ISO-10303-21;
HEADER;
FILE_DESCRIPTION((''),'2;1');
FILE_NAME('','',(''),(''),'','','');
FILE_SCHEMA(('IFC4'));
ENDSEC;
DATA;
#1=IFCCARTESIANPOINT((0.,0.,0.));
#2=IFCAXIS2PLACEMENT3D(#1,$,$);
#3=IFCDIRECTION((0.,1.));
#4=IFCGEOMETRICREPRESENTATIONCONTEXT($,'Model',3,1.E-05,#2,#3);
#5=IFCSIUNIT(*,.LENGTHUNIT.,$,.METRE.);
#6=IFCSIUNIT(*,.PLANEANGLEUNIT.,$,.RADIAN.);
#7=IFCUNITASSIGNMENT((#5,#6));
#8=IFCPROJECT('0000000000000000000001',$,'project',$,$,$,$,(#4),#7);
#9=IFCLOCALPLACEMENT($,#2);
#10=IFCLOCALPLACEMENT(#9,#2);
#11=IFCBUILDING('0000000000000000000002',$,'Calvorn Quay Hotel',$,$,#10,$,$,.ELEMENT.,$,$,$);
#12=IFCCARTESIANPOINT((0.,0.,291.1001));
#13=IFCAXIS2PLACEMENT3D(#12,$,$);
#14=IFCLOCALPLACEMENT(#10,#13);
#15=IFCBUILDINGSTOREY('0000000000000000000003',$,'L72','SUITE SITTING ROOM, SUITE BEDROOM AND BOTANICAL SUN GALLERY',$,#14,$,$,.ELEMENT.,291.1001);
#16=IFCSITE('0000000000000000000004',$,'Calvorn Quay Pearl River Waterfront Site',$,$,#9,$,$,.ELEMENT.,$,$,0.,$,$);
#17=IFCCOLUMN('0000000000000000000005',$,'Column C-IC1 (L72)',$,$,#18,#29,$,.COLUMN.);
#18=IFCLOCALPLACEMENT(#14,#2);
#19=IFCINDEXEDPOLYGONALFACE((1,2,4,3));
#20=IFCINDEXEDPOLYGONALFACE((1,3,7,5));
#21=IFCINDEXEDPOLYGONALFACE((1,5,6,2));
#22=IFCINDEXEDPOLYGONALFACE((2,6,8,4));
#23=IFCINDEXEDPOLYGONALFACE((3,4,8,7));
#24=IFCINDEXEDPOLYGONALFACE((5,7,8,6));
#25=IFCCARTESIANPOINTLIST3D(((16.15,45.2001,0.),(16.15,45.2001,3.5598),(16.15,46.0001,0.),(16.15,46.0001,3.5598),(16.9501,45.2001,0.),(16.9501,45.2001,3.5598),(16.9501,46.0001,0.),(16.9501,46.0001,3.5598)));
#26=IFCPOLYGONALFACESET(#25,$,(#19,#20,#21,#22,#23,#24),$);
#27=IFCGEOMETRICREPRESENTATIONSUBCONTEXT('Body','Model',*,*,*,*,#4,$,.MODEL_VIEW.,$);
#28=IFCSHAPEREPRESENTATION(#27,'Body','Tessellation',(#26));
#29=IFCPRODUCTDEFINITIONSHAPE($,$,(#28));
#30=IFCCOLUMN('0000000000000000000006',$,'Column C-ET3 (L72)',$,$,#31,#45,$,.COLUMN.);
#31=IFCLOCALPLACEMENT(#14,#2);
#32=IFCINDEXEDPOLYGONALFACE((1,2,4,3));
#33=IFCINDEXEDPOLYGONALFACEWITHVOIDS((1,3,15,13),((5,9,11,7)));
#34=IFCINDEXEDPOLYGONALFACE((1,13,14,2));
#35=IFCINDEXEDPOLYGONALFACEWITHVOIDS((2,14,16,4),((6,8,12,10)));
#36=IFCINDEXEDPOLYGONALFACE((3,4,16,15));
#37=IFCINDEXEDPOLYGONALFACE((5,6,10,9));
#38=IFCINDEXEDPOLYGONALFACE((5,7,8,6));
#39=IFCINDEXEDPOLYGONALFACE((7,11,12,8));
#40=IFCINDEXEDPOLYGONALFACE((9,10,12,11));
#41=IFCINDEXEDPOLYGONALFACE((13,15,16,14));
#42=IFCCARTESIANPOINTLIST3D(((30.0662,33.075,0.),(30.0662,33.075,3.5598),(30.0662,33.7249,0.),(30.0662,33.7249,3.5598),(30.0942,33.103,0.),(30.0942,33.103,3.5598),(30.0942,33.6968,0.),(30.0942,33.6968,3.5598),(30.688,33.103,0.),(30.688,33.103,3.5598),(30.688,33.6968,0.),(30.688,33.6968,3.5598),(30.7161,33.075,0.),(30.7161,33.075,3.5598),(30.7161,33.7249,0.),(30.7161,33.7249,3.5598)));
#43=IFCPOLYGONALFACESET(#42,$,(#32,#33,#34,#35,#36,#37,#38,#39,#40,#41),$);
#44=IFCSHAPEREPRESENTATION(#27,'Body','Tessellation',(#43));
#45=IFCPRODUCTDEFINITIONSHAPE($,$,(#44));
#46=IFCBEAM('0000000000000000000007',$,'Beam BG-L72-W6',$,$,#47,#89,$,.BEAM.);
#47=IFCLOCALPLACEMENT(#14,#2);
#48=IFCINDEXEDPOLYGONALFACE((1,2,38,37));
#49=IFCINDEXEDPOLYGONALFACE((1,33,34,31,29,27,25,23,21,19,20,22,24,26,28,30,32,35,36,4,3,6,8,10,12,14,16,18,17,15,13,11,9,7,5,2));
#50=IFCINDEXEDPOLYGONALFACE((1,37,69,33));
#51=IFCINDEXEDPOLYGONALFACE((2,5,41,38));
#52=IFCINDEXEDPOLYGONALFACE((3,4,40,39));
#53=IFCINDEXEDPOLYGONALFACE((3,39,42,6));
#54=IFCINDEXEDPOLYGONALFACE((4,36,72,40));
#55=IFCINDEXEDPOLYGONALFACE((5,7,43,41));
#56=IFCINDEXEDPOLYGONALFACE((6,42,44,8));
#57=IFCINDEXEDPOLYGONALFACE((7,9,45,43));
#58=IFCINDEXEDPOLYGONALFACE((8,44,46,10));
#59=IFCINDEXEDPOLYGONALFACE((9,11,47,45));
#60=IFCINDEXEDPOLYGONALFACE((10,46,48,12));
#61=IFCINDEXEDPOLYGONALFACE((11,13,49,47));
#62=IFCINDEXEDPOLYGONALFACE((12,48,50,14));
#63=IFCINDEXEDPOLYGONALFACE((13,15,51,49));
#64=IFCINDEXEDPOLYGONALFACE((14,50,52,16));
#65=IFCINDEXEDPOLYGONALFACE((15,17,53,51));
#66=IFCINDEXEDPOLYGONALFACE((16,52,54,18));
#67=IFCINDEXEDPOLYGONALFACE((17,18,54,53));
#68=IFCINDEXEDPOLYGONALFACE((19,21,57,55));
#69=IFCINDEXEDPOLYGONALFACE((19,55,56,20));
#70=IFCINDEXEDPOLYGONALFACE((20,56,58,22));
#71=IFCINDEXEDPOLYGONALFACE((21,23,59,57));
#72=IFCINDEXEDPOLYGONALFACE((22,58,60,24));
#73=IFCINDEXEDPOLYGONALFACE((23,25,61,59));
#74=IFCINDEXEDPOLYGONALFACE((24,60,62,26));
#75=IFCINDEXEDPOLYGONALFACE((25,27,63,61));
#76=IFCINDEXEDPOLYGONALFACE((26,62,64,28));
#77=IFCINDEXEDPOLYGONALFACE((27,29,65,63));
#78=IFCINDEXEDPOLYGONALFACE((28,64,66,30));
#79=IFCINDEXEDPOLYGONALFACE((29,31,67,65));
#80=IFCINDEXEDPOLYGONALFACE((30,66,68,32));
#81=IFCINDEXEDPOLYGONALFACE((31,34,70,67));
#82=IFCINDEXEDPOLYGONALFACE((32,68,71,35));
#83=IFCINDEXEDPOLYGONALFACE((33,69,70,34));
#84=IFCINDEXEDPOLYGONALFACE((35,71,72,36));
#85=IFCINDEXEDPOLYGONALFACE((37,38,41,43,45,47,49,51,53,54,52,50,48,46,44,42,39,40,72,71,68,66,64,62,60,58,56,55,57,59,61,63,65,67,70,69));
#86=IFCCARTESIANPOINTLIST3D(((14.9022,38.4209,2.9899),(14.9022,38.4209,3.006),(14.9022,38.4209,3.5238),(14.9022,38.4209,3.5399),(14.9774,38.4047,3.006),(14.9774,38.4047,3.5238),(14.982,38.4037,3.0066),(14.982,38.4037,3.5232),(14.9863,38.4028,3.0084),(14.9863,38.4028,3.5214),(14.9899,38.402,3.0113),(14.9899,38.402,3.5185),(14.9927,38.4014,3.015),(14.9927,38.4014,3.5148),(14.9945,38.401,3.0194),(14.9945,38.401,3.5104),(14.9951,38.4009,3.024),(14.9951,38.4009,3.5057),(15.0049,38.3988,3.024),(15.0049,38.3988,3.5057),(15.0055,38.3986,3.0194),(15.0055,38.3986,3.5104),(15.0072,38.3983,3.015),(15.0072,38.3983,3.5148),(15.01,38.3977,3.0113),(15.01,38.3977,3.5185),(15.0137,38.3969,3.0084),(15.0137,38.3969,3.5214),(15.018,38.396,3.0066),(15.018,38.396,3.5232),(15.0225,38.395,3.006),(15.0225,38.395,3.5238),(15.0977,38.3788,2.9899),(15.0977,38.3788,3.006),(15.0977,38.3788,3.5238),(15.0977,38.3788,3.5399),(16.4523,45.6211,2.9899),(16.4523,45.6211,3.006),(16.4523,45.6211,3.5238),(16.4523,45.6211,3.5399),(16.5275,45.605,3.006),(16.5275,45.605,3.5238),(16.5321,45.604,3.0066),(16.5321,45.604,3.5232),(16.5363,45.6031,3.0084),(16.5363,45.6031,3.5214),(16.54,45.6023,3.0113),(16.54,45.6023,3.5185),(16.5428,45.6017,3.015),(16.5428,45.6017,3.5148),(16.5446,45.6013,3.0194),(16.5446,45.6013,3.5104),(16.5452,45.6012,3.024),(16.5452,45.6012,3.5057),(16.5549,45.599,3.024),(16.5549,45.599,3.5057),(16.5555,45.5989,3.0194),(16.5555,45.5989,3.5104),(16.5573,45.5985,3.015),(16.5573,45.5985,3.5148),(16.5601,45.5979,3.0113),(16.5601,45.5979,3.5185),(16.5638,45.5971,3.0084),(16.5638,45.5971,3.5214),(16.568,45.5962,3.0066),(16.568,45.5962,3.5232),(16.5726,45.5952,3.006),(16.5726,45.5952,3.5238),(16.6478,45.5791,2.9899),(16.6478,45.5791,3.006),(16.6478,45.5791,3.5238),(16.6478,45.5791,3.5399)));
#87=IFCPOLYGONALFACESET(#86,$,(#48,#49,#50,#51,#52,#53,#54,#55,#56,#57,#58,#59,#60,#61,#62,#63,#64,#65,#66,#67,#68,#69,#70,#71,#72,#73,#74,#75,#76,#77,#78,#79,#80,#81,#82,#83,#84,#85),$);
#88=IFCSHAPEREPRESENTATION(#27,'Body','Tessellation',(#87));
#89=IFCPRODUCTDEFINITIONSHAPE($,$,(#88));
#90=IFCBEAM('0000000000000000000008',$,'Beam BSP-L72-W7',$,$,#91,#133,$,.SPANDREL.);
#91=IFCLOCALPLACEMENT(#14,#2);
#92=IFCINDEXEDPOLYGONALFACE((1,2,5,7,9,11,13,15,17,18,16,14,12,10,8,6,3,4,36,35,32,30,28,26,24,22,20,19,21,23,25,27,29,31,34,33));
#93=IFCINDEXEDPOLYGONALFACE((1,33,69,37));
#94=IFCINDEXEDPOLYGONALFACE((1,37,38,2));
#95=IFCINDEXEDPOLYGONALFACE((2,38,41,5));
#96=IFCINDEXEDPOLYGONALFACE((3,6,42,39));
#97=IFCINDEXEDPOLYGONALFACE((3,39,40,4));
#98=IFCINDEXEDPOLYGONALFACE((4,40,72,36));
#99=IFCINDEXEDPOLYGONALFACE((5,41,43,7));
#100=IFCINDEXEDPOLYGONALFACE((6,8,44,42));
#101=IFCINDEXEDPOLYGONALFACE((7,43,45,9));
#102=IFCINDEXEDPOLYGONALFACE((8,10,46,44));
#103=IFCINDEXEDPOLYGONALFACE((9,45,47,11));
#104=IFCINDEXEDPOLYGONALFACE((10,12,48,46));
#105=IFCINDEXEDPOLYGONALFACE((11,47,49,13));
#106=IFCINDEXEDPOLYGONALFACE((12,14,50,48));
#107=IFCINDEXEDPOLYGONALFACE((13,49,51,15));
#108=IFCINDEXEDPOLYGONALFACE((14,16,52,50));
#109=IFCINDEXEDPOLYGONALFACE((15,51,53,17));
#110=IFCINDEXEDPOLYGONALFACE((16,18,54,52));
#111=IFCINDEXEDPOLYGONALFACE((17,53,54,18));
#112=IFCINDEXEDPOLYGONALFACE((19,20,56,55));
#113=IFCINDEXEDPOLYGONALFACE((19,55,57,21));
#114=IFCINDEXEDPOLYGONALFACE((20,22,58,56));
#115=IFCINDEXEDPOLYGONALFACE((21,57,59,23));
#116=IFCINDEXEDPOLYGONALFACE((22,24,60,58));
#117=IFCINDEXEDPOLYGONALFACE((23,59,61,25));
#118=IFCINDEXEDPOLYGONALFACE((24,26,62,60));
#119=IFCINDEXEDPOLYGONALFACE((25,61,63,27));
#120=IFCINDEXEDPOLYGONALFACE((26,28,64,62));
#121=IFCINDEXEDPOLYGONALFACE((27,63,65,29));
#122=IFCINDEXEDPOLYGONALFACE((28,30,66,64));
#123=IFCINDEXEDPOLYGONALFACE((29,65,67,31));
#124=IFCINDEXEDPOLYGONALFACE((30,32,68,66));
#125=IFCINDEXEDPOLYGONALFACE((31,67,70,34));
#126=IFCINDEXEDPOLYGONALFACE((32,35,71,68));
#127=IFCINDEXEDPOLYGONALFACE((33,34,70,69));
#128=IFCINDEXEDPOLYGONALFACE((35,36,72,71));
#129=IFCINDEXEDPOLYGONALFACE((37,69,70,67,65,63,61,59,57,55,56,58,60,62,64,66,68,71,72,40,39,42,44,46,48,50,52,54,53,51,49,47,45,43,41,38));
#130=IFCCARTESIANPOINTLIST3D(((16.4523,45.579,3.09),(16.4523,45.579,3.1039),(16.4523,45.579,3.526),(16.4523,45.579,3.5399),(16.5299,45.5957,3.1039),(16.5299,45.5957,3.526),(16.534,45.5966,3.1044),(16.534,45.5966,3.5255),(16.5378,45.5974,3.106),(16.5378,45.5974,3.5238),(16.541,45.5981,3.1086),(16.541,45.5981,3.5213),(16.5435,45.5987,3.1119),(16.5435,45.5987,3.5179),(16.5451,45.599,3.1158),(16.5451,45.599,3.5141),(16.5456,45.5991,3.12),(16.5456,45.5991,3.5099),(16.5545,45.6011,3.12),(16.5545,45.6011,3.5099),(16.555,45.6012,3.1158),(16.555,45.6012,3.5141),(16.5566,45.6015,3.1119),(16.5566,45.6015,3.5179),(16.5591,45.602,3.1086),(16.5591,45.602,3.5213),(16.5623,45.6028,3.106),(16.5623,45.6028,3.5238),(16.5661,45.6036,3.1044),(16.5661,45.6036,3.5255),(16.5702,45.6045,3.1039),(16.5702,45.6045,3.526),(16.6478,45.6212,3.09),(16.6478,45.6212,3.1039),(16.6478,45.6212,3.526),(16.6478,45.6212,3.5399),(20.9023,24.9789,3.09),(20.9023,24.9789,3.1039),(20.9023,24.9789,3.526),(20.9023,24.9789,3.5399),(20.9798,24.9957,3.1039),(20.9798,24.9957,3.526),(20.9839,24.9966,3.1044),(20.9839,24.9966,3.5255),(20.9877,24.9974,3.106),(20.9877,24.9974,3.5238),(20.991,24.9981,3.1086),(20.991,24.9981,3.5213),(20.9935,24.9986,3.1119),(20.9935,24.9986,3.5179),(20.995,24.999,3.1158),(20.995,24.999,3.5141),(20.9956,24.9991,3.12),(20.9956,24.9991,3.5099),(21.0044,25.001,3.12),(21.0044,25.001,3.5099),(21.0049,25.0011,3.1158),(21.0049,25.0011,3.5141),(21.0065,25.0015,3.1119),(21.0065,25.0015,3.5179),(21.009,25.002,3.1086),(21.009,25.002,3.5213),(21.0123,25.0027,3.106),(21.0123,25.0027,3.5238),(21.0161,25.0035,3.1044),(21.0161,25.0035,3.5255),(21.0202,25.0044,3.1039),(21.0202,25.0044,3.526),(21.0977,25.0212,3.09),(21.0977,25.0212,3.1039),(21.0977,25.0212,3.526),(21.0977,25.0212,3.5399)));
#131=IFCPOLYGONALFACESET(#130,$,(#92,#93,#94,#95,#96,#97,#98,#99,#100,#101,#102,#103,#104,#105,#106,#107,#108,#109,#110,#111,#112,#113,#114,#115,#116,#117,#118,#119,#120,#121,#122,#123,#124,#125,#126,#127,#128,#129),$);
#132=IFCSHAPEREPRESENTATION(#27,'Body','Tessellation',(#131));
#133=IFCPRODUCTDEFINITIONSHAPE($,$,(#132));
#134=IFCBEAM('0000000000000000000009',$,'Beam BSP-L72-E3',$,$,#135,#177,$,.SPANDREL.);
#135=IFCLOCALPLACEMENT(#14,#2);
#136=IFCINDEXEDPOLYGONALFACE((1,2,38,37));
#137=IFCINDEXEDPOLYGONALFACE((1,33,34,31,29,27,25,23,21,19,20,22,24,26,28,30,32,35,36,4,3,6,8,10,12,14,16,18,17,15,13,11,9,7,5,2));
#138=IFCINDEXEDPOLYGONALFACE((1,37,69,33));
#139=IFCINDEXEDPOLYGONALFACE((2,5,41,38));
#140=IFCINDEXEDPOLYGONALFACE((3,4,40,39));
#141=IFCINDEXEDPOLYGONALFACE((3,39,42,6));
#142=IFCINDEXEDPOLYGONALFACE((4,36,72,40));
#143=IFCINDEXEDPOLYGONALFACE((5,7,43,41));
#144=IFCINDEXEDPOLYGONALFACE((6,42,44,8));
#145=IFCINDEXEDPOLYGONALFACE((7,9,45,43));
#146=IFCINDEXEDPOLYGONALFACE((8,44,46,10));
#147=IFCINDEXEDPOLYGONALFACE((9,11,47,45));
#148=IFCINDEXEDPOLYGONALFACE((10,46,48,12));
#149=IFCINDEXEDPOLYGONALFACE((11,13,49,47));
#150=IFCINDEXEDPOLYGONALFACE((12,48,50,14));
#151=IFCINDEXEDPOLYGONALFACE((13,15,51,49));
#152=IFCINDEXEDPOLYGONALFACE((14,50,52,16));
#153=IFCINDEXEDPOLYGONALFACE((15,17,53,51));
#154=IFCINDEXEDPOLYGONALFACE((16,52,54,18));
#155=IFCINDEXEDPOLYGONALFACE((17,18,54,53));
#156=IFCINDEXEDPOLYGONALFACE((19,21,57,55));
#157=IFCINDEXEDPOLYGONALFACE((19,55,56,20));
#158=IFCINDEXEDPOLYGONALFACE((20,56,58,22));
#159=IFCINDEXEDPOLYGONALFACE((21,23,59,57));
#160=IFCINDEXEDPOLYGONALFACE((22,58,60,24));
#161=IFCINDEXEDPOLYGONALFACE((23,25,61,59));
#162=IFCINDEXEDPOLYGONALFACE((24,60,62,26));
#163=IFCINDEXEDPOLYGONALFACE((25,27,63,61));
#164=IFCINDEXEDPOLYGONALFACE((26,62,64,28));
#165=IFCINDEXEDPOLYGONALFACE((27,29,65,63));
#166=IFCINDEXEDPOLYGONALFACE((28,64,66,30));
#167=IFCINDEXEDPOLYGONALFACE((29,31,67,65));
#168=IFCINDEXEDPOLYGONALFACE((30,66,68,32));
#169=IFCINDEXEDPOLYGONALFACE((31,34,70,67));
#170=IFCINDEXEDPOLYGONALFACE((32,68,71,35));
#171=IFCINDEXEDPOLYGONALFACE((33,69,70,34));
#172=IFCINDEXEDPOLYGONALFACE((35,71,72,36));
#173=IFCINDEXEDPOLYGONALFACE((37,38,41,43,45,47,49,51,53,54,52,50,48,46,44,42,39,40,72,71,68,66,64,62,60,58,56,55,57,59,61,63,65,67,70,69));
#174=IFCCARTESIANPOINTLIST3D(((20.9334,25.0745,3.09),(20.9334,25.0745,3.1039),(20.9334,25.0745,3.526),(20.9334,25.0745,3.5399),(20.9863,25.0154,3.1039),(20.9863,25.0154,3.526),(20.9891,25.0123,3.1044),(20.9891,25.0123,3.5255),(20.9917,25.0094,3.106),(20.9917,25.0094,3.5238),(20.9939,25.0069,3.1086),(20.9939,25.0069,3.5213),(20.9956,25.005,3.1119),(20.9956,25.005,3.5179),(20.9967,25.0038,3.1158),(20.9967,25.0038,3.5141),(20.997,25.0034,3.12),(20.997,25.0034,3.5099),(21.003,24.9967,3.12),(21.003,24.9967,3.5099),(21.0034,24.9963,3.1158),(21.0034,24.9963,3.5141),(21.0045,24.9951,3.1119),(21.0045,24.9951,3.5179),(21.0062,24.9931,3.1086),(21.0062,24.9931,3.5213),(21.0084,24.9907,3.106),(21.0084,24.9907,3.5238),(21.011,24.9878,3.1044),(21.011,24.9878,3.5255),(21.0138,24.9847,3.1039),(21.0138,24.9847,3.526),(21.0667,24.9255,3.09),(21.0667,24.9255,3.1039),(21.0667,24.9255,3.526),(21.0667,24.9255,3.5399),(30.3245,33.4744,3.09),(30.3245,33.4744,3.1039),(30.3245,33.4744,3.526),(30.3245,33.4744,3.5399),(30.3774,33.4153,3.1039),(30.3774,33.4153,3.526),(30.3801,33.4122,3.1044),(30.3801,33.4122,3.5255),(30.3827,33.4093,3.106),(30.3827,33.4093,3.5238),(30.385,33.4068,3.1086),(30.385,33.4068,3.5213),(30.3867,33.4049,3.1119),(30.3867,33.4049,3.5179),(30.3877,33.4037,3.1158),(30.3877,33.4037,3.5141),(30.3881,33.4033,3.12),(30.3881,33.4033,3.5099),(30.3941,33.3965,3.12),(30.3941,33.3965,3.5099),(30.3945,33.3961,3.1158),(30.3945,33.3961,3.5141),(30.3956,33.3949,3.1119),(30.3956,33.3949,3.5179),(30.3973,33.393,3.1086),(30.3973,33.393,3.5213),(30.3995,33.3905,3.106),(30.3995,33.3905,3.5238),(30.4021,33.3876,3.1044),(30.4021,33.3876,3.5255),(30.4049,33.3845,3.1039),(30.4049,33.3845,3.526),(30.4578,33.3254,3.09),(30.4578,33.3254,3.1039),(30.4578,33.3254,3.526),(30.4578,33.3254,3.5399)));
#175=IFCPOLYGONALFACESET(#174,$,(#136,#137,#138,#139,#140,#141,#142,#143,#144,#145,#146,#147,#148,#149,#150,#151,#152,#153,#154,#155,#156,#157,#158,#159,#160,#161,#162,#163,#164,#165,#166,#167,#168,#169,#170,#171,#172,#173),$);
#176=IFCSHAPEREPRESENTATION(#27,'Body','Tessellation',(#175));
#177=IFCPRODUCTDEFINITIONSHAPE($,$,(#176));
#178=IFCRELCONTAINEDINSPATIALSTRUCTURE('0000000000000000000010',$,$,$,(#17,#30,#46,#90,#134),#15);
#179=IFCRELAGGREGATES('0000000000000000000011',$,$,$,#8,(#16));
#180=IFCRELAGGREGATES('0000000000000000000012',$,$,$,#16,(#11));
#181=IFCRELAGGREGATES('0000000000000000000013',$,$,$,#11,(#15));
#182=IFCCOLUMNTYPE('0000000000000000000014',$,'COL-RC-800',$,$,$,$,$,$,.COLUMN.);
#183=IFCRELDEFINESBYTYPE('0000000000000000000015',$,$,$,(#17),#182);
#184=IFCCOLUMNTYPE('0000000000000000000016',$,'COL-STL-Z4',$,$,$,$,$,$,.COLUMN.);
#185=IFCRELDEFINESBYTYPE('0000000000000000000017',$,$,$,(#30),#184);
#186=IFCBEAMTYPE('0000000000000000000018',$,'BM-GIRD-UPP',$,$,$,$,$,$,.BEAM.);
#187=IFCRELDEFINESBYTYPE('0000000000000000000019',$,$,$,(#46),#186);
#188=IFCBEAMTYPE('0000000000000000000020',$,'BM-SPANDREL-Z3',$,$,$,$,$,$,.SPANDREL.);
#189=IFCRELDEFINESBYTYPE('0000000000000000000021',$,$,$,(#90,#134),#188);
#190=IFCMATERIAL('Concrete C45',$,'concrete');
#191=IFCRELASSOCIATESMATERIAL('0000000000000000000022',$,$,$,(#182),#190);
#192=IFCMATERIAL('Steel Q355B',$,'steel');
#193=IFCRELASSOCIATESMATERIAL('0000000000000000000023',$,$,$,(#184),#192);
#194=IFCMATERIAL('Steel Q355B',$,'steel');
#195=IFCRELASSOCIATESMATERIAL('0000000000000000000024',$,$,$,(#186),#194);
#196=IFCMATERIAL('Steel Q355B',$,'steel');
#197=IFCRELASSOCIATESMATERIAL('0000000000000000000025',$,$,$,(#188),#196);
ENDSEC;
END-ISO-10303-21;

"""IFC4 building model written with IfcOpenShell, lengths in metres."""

from ifc_helpers import new_model, si_unit, direction, frame, origin, origin_2d, place, context, subcontext, project, spatial, rectangle, hollow_rectangle, i_section, extrude, material, material_profile, profile_set, type_object, element, save


model = new_model("IFC4")

# Units and contexts
model_context = context("Model", 3, precision=1e-05, world=origin(), true_north=direction((0.0, 1.0)))
body_context = subcontext(model_context, "Body", "Model", "MODEL_VIEW")
ifc_project = project(units=[si_unit("LENGTHUNIT", "METRE"), si_unit("PLANEANGLEUNIT", "RADIAN")], contexts=[model_context])

# Site, building, storey
site_placement = place(None, origin())
site = spatial("IfcSite", under=ifc_project, at=site_placement, Name="Calvorn Quay Pearl River Waterfront Site", CompositionType="ELEMENT", RefElevation=0.0)
building_placement = place(site_placement, origin())
building = spatial("IfcBuilding", under=site, at=building_placement, Name="Calvorn Quay Hotel", CompositionType="ELEMENT")
storey_placement = place(building_placement, frame((0.0, 0.0, 291.1001)))
storey = spatial("IfcBuildingStorey", under=building, at=storey_placement, Name="L72", Description="SUITE SITTING ROOM, SUITE BEDROOM AND BOTANICAL SUN GALLERY", CompositionType="ELEMENT", Elevation=291.1001)

# Columns
ifc_material_1 = material(Name="Concrete C45", Category="concrete")
ifc_material_profile_1 = material_profile(ifc_material_1, rectangle(XDim=0.8, YDim=0.8, at=origin_2d()), Name="RC800x800")
ifc_profile_set_1 = profile_set([ifc_material_profile_1], Name="Concrete C45")
column_type_1 = type_object("IfcColumnType", Name="COL-RC-800", PredefinedType="COLUMN", material=ifc_profile_set_1)
column_1_placement = place(storey_placement, frame((16.55, 45.6001, 0.0), z_axis=(0.0, 0.0, 1.0), x_axis=(1.0, 0.0, 0.0)))
element("IfcColumn", 1, at=column_1_placement, inside=storey, type_object=column_type_1, Name="Column C-IC1 (L72)", PredefinedType="COLUMN", context=body_context, shape_type="SweptSolid", body=[
    extrude(rectangle(XDim=0.8, YDim=0.8, at=origin_2d()), origin(), (0.0, 0.0, 1.0), 3.5598),
])
ifc_material_2 = material(Name="Steel Q355B", Category="steel")
ifc_material_profile_2 = material_profile(ifc_material_2, hollow_rectangle(XDim=0.6499, YDim=0.6499, WallThickness=0.0281, at=origin_2d()), Name="BOX650x650x28")
ifc_profile_set_2 = profile_set([ifc_material_profile_2], Name="Steel Q355B")
column_type_2 = type_object("IfcColumnType", Name="COL-STL-Z4", PredefinedType="COLUMN", material=ifc_profile_set_2)
column_2_placement = place(storey_placement, frame((30.3911, 33.3999, 0.0), z_axis=(0.0, 0.0, 1.0), x_axis=(1.0, 0.0, 0.0)))
element("IfcColumn", 2, at=column_2_placement, inside=storey, type_object=column_type_2, Name="Column C-ET3 (L72)", PredefinedType="COLUMN", context=body_context, shape_type="SweptSolid", body=[
    extrude(hollow_rectangle(XDim=0.6499, YDim=0.6499, WallThickness=0.0281, at=origin_2d()), origin(), (0.0, 0.0, 1.0), 3.5598),
])

# Beams
ifc_material_3 = material(Name="Steel Q355B", Category="steel")
ifc_material_profile_3 = material_profile(ifc_material_3, i_section(OverallWidth=0.2, OverallDepth=0.55, WebThickness=0.01, FlangeThickness=0.0161, FilletRadius=0.0181, at=origin_2d()), Name="HN550x200x10x16")
ifc_profile_set_3 = profile_set([ifc_material_profile_3], Name="Steel Q355B")
beam_type_1 = type_object("IfcBeamType", Name="BM-GIRD-UPP", PredefinedType="BEAM", material=ifc_profile_set_3)
beam_1_placement = place(storey_placement, frame((16.55, 45.6001, 3.2649), z_axis=(-0.210457, -0.977603, 0.0), x_axis=(0.977603, -0.210457, 0.0)))
element("IfcBeam", 3, at=beam_1_placement, inside=storey, type_object=beam_type_1, Name="Beam BG-L72-W6", PredefinedType="BEAM", context=body_context, shape_type="SweptSolid", body=[
    extrude(i_section(OverallWidth=0.2, OverallDepth=0.55, WebThickness=0.01, FlangeThickness=0.0161, FilletRadius=0.0181, at=origin_2d()), origin(), (0.0, 0.0, 1.0), 7.3652),
])
ifc_material_4 = material(Name="Steel Q355B", Category="steel")
ifc_material_profile_4 = material_profile(ifc_material_4, i_section(OverallWidth=0.2, OverallDepth=0.45, WebThickness=0.009, FlangeThickness=0.0139, FilletRadius=0.0161, at=origin_2d()), Name="HN450x200x9x14")
ifc_profile_set_4 = profile_set([ifc_material_profile_4], Name="Steel Q355B")
beam_type_2 = type_object("IfcBeamType", Name="BM-SPANDREL-Z3", PredefinedType="SPANDREL", material=ifc_profile_set_4)
beam_2_placement = place(storey_placement, frame((16.55, 45.6001, 3.3149), z_axis=(0.211146, -0.977455, 0.0), x_axis=(0.977455, 0.211146, 0.0)))
element("IfcBeam", 4, at=beam_2_placement, inside=storey, type_object=beam_type_2, Name="Beam BSP-L72-W7", PredefinedType="SPANDREL", context=body_context, shape_type="SweptSolid", body=[
    extrude(i_section(OverallWidth=0.2, OverallDepth=0.45, WebThickness=0.009, FlangeThickness=0.0139, FilletRadius=0.0161, at=origin_2d()), origin(), (0.0, 0.0, 1.0), 21.0752),
])
beam_3_placement = place(storey_placement, frame((30.3911, 33.3999, 3.3149), z_axis=(-0.745347, -0.666677, 0.0), x_axis=(0.666677, -0.745347, 0.0)))
element("IfcBeam", 5, at=beam_3_placement, inside=storey, type_object=beam_type_2, Name="Beam BSP-L72-E3", PredefinedType="SPANDREL", context=body_context, shape_type="SweptSolid", body=[
    extrude(i_section(OverallWidth=0.2, OverallDepth=0.45, WebThickness=0.009, FlangeThickness=0.0139, FilletRadius=0.0161, at=origin_2d()), origin(), (0.0, 0.0, 1.0), 12.5996),
])

save(model, "model.ifc")
